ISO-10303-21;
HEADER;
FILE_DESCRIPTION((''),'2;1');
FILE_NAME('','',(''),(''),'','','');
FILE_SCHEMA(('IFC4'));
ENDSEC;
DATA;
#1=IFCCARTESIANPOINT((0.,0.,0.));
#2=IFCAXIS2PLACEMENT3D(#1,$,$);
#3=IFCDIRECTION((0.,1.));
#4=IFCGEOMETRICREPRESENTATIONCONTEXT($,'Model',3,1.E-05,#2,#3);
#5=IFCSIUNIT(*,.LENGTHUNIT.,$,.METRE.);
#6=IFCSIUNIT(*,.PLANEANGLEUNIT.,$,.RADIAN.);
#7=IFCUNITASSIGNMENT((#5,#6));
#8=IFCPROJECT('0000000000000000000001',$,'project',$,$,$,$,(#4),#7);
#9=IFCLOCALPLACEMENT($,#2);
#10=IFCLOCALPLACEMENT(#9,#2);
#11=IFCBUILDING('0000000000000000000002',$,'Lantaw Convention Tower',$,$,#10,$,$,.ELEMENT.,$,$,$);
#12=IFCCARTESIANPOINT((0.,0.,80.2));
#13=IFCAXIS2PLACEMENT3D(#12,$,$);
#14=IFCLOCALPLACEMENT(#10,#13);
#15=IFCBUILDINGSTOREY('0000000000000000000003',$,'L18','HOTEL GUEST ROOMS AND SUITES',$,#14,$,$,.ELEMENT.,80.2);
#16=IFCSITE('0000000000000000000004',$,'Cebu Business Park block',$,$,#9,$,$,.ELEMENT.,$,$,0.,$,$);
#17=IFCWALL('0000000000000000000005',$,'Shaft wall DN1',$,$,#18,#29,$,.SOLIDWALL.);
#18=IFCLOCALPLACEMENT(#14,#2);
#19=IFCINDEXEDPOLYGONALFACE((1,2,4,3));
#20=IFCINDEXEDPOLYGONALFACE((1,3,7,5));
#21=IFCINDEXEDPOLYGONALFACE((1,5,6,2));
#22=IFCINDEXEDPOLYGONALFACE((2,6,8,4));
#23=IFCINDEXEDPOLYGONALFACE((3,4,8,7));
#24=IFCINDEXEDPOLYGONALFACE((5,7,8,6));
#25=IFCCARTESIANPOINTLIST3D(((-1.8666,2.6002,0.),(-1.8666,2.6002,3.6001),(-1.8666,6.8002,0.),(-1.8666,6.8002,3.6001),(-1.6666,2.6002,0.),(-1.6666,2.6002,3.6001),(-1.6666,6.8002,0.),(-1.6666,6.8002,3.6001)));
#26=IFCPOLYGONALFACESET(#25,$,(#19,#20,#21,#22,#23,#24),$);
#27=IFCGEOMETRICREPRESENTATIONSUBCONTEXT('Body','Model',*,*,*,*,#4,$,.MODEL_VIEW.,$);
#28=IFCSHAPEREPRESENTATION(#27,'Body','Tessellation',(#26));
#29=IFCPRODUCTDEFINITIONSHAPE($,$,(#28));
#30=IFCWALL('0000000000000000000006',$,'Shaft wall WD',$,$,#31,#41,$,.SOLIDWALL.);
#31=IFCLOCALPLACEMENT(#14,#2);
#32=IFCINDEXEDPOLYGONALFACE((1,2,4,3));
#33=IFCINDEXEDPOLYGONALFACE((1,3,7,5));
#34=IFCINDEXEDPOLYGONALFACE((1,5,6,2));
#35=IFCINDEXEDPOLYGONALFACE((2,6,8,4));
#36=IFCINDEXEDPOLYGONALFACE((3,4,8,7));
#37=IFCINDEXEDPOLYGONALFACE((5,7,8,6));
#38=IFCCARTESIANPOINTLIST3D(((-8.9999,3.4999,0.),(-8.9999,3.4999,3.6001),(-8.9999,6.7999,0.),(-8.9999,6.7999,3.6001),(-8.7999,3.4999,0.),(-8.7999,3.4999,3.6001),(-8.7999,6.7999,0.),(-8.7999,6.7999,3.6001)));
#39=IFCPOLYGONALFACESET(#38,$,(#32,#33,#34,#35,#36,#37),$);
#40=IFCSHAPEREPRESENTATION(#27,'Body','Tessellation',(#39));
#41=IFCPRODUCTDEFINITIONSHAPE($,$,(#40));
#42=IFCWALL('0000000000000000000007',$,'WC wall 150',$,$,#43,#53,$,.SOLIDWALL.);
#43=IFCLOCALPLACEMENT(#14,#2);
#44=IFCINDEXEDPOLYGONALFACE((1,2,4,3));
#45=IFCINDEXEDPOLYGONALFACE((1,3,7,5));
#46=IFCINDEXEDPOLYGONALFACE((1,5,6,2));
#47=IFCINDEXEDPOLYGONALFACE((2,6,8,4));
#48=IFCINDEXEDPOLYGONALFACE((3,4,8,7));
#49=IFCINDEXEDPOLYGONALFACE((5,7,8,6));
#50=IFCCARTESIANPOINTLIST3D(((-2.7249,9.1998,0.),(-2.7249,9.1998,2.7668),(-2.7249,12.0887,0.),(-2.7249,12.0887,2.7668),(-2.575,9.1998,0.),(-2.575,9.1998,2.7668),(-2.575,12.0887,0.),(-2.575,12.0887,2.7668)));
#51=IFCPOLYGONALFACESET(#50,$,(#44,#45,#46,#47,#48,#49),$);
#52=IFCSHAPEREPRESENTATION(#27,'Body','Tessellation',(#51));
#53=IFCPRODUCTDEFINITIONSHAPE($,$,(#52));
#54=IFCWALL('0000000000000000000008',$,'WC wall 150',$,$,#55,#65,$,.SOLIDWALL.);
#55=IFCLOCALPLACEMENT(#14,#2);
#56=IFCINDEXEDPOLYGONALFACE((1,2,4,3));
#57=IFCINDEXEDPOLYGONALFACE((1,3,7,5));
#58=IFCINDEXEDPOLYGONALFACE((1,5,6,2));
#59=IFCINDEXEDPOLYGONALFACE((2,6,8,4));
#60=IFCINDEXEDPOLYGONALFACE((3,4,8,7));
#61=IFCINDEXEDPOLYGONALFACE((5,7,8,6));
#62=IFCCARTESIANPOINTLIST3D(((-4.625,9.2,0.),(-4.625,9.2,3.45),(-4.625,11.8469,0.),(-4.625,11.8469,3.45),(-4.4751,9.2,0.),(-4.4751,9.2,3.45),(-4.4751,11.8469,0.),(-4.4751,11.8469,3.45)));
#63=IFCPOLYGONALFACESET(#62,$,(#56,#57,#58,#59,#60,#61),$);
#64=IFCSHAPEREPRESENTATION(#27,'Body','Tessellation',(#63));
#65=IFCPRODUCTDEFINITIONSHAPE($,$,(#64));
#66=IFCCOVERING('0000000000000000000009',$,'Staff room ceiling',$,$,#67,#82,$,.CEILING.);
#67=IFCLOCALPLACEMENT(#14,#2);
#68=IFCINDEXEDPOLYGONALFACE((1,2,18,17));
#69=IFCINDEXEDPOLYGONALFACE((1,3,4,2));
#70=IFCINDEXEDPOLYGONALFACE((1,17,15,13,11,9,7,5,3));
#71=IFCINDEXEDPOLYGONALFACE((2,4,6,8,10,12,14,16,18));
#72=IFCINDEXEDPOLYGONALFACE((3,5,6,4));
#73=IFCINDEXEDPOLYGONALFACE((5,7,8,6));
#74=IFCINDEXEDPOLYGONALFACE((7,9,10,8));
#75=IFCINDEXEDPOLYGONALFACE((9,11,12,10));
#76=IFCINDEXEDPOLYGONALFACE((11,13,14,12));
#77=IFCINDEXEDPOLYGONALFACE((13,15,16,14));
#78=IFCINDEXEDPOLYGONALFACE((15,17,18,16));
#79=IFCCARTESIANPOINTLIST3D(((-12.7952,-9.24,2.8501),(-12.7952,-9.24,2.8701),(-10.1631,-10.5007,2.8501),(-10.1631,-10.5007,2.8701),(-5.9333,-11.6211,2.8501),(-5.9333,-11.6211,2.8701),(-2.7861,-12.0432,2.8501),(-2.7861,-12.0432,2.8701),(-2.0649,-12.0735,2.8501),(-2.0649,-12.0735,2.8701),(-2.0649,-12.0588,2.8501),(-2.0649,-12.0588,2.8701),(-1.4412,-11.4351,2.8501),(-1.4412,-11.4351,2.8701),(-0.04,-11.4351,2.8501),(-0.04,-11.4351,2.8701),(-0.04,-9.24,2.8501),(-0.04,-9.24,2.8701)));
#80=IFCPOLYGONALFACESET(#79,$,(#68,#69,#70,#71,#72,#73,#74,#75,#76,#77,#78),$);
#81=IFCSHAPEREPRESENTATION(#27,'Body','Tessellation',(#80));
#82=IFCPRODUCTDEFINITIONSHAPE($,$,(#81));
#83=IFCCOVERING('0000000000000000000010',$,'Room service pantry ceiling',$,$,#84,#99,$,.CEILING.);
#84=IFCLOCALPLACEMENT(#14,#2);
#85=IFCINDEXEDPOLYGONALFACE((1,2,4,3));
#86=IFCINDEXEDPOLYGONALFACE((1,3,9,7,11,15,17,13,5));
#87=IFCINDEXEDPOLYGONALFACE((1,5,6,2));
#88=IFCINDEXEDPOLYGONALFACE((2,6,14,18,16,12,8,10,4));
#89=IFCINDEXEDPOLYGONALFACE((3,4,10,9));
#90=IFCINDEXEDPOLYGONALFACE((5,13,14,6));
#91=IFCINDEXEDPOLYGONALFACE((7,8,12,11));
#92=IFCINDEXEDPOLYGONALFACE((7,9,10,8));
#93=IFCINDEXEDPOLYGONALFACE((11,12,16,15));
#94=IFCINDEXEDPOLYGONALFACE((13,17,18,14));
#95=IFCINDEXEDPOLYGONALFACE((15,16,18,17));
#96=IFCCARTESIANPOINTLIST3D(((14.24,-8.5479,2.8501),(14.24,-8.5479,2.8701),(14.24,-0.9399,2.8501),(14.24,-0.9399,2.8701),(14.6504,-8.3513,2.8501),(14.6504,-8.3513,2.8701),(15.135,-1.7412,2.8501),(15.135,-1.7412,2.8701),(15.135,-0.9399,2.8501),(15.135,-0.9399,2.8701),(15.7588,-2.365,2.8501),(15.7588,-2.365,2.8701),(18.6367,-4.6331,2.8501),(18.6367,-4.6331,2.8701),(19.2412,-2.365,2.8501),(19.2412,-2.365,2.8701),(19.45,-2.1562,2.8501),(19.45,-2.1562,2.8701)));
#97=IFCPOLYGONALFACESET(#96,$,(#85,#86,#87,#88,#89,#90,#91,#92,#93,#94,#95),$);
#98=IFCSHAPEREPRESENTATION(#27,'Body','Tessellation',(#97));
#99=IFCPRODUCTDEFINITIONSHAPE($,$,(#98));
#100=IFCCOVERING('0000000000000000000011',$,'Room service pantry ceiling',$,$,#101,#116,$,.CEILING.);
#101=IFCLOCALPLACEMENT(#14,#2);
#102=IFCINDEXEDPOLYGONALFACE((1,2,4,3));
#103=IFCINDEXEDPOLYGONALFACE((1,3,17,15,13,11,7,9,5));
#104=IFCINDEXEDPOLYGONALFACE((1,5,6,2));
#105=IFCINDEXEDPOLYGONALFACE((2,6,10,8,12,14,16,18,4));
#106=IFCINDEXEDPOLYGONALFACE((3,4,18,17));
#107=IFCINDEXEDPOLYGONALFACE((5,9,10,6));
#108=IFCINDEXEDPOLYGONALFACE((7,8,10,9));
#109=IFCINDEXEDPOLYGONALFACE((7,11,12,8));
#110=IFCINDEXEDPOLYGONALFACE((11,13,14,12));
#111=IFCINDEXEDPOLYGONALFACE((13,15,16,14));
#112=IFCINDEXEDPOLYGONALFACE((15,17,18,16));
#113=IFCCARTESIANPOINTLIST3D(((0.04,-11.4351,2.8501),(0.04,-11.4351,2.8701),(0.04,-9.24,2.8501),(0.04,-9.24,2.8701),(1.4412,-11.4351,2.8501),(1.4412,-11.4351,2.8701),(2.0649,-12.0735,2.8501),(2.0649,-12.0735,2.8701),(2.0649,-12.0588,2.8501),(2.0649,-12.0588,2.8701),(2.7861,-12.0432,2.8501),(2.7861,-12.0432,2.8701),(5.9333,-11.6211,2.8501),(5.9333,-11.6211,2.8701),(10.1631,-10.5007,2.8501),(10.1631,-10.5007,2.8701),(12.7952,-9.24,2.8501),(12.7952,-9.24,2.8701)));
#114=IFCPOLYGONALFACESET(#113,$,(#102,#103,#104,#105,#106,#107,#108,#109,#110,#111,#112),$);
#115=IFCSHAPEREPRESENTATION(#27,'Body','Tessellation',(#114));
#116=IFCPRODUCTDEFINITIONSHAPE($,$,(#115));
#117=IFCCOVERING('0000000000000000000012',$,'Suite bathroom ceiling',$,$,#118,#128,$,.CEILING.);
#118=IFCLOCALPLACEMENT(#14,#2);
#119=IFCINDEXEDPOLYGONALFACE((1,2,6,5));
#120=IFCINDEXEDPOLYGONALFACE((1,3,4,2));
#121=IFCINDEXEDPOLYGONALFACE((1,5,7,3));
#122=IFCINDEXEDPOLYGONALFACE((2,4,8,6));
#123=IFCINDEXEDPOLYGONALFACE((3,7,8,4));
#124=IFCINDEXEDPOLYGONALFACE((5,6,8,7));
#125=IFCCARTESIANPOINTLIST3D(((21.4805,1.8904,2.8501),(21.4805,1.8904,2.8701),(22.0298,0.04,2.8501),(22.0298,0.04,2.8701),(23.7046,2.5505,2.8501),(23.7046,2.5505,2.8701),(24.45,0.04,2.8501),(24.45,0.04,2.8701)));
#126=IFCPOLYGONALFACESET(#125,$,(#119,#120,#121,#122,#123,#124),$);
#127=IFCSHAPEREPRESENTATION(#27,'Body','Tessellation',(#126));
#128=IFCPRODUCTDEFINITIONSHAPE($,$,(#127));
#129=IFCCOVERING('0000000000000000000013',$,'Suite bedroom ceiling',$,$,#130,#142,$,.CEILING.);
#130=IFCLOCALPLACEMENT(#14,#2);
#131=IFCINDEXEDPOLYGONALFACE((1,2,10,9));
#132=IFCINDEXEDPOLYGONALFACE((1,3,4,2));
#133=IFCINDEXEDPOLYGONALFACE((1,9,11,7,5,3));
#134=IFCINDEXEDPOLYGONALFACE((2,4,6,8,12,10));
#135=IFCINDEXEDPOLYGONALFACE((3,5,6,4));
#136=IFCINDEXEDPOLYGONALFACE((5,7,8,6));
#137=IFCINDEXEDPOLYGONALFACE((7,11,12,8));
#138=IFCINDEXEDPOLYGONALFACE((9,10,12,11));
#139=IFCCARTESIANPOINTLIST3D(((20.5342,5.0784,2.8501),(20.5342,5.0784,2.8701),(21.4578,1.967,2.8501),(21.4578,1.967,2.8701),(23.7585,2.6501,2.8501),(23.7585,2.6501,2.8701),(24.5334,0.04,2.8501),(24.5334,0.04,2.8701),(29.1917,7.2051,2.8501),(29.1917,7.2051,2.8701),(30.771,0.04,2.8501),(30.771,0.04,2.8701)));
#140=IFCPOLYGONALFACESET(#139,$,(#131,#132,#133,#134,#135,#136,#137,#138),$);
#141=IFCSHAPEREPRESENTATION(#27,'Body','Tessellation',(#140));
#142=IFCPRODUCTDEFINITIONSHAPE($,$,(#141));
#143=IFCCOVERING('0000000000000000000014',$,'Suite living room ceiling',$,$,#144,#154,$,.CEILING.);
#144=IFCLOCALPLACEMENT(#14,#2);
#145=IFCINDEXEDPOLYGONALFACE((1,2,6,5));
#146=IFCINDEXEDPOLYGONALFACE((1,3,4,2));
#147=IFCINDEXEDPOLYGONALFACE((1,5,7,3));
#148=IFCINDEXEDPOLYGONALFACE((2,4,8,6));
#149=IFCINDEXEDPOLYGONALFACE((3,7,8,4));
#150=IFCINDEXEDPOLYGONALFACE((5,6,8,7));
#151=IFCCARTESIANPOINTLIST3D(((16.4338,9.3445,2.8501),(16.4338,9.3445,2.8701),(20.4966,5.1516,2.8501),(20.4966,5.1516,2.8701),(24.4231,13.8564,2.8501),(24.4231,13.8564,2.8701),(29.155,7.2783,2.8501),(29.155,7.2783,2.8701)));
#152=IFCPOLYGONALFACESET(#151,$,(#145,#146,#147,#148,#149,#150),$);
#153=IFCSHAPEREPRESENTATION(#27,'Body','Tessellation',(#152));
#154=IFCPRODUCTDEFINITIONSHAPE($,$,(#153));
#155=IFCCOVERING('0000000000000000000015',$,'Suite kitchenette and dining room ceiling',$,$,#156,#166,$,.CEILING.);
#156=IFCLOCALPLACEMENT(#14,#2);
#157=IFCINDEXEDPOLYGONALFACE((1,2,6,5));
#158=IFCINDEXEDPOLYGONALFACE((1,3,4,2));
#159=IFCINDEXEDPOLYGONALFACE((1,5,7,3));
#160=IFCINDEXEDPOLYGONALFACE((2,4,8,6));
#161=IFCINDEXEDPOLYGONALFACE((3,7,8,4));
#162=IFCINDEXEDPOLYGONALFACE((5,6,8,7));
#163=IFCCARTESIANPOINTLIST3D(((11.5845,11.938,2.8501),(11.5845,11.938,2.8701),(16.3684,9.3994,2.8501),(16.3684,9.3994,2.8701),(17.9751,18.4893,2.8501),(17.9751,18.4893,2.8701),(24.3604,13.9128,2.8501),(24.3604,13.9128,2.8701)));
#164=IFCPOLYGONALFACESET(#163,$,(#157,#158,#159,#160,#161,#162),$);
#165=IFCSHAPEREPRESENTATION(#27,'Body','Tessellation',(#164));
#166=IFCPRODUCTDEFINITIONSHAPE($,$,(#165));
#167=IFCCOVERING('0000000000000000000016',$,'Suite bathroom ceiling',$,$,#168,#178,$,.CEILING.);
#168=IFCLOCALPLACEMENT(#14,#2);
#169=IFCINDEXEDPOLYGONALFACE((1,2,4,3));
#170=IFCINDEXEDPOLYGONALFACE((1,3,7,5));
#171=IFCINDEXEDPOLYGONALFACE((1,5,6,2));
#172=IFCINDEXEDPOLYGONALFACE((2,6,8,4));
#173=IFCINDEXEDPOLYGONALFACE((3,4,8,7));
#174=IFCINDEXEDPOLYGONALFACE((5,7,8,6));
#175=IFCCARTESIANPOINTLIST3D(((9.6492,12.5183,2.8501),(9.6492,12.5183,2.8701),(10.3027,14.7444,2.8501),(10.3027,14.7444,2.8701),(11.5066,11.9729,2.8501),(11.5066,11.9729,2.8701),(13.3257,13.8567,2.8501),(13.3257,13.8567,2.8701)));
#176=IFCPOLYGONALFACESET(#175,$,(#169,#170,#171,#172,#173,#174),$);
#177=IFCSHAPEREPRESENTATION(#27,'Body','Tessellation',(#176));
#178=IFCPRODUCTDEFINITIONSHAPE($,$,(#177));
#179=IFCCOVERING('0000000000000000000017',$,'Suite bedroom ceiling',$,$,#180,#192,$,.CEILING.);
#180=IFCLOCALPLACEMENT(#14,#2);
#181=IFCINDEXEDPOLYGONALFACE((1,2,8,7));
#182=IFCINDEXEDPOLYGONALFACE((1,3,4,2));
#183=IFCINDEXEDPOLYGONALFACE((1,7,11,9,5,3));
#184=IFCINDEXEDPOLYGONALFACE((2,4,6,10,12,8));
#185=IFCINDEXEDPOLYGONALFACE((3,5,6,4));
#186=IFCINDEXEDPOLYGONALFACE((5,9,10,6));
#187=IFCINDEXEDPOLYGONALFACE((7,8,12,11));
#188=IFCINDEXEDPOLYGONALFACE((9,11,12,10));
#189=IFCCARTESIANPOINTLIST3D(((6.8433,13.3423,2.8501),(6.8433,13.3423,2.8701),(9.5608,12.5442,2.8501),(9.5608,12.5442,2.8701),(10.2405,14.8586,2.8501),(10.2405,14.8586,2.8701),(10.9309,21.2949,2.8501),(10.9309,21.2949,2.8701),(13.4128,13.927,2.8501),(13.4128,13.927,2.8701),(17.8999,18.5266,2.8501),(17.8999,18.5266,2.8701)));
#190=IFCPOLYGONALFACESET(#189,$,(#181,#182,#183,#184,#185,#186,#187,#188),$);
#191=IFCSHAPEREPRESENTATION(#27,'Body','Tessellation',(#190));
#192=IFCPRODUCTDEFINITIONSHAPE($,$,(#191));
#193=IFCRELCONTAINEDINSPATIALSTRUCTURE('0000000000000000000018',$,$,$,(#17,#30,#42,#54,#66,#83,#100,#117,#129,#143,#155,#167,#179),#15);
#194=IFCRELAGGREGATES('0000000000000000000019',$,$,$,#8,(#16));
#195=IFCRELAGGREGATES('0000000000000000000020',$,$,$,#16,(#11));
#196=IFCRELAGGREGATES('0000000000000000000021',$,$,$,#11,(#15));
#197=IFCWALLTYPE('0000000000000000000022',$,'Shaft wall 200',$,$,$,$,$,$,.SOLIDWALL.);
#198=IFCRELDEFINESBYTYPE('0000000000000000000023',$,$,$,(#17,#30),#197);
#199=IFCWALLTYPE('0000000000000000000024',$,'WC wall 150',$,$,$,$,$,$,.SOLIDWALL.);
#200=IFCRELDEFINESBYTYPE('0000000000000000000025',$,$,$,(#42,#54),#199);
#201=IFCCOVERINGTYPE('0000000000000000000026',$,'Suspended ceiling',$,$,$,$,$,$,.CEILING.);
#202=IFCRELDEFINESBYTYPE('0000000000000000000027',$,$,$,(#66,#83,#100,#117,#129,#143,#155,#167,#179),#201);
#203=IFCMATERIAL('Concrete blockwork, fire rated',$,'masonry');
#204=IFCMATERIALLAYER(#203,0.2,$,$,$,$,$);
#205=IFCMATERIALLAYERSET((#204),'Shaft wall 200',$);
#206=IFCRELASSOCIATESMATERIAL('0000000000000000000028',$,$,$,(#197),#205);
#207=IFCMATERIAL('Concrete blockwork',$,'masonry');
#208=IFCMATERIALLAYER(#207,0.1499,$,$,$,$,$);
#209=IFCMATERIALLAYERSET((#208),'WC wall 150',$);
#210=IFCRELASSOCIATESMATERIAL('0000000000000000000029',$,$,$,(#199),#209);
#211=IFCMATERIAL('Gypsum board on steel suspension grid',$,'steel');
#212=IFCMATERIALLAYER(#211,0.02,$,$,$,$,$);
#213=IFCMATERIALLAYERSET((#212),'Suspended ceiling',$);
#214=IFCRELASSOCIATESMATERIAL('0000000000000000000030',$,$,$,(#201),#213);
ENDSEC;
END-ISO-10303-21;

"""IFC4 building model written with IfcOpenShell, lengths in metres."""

from ifc_helpers import new_model, si_unit, direction, frame, frame_2d, origin, place, context, subcontext, project, spatial, polyline, rectangle, outline, extrude, material, layer, layer_set, type_object, element, save


model = new_model("IFC4")

# Units and contexts
model_context = context("Model", 3, precision=1e-05, world=origin(), true_north=direction((0.0, 1.0)))
body_context = subcontext(model_context, "Body", "Model", "MODEL_VIEW")
ifc_project = project(units=[si_unit("LENGTHUNIT", "METRE"), si_unit("PLANEANGLEUNIT", "RADIAN")], contexts=[model_context])

# Site, building, storey
site_placement = place(None, origin())
site = spatial("IfcSite", under=ifc_project, at=site_placement, Name="Cebu Business Park block", CompositionType="ELEMENT", RefElevation=0.0)
building_placement = place(site_placement, origin())
building = spatial("IfcBuilding", under=site, at=building_placement, Name="Lantaw Convention Tower", CompositionType="ELEMENT")
storey_placement = place(building_placement, frame((0.0, 0.0, 80.2)))
storey = spatial("IfcBuildingStorey", under=building, at=storey_placement, Name="L18", Description="HOTEL GUEST ROOMS AND SUITES", CompositionType="ELEMENT", Elevation=80.2)

# Walls
ifc_material_1 = material(Name="Concrete blockwork, fire rated", Category="masonry")
ifc_layer_1 = layer(ifc_material_1, 0.2)
ifc_layer_set_1 = layer_set([ifc_layer_1], Name="Shaft wall 200")
wall_type_1 = type_object("IfcWallType", Name="Shaft wall 200", PredefinedType="SOLIDWALL", material=ifc_layer_set_1)
wall_1_placement = place(storey_placement, frame((-1.7666, 2.6001, 0.0), z_axis=(0.0, 0.0, 1.0), x_axis=(0.0, 1.0, 0.0)))
element("IfcWall", 1, at=wall_1_placement, inside=storey, type_object=wall_type_1, Name="Shaft wall DN1", PredefinedType="SOLIDWALL", context=body_context, shape_type="SweptSolid", body=[
    extrude(rectangle(XDim=4.2, YDim=0.2, at=frame_2d((2.1001, 0.0))), origin(), (0.0, 0.0, 1.0), 3.6001),
])
wall_2_placement = place(storey_placement, frame((-8.8999, 3.5, 0.0), z_axis=(0.0, 0.0, 1.0), x_axis=(0.0, 1.0, 0.0)))
element("IfcWall", 2, at=wall_2_placement, inside=storey, type_object=wall_type_1, Name="Shaft wall WD", PredefinedType="SOLIDWALL", context=body_context, shape_type="SweptSolid", body=[
    extrude(rectangle(XDim=3.3, YDim=0.2, at=frame_2d((1.6499, 0.0))), origin(), (0.0, 0.0, 1.0), 3.6001),
])
ifc_material_2 = material(Name="Concrete blockwork", Category="masonry")
ifc_layer_2 = layer(ifc_material_2, 0.1499)
ifc_layer_set_2 = layer_set([ifc_layer_2], Name="WC wall 150")
wall_type_2 = type_object("IfcWallType", Name="WC wall 150", PredefinedType="SOLIDWALL", material=ifc_layer_set_2)
wall_3_placement = place(storey_placement, frame((-2.6499, 9.2, 0.0), z_axis=(0.0, 0.0, 1.0), x_axis=(0.0, 1.0, 0.0)))
element("IfcWall", 3, at=wall_3_placement, inside=storey, type_object=wall_type_2, Name="WC wall 150", PredefinedType="SOLIDWALL", context=body_context, shape_type="SweptSolid", body=[
    extrude(rectangle(XDim=2.8889, YDim=0.1499, at=frame_2d((1.4443, 0.0))), origin(), (0.0, 0.0, 1.0), 2.7668),
])
wall_4_placement = place(storey_placement, frame((-4.55, 9.2, 0.0), z_axis=(0.0, 0.0, 1.0), x_axis=(0.0, 1.0, 0.0)))
element("IfcWall", 4, at=wall_4_placement, inside=storey, type_object=wall_type_2, Name="WC wall 150", PredefinedType="SOLIDWALL", context=body_context, shape_type="SweptSolid", body=[
    extrude(rectangle(XDim=2.647, YDim=0.1499, at=frame_2d((1.3235, 0.0))), origin(), (0.0, 0.0, 1.0), 3.45),
])

# Coverings
ifc_material_3 = material(Name="Gypsum board on steel suspension grid", Category="steel")
ifc_layer_3 = layer(ifc_material_3, 0.02)
ifc_layer_set_3 = layer_set([ifc_layer_3], Name="Suspended ceiling")
covering_type = type_object("IfcCoveringType", Name="Suspended ceiling", PredefinedType="CEILING", material=ifc_layer_set_3)
covering_1_placement = place(storey_placement, frame((0.0, 0.0, 2.8501)))
element("IfcCovering", 5, at=covering_1_placement, inside=storey, type_object=covering_type, Name="Staff room ceiling", PredefinedType="CEILING", context=body_context, shape_type="SweptSolid", body=[
    extrude(outline(polyline([(-5.9333, -11.6211), (-2.7861, -12.0432), (-2.0649, -12.0735), (-2.0649, -12.0588), (-1.4412, -11.4351), (-0.04, -11.4351), (-0.04, -9.24), (-12.7952, -9.24), (-10.1631, -10.5007), (-5.9333, -11.6211)])), origin(), (0.0, 0.0, 1.0), 0.02),
])
covering_2_placement = place(storey_placement, frame((0.0, 0.0, 2.8501)))
element("IfcCovering", 6, at=covering_2_placement, inside=storey, type_object=covering_type, Name="Room service pantry ceiling", PredefinedType="CEILING", context=body_context, shape_type="SweptSolid", body=[
    extrude(outline(polyline([(14.24, -8.5479), (14.6504, -8.3513), (18.6367, -4.6331), (19.45, -2.1562), (19.2412, -2.365), (15.7588, -2.365), (15.135, -1.7412), (15.135, -0.9399), (14.24, -0.9399), (14.24, -8.5479)])), origin(), (0.0, 0.0, 1.0), 0.02),
])
covering_3_placement = place(storey_placement, frame((0.0, 0.0, 2.8501)))
element("IfcCovering", 7, at=covering_3_placement, inside=storey, type_object=covering_type, Name="Room service pantry ceiling", PredefinedType="CEILING", context=body_context, shape_type="SweptSolid", body=[
    extrude(outline(polyline([(2.0649, -12.0735), (2.7861, -12.0432), (5.9333, -11.6211), (10.1631, -10.5007), (12.7952, -9.24), (0.04, -9.24), (0.04, -11.4351), (1.4412, -11.4351), (2.0649, -12.0588), (2.0649, -12.0735)])), origin(), (0.0, 0.0, 1.0), 0.02),
])
covering_4_placement = place(storey_placement, frame((0.0, 0.0, 2.8501)))
element("IfcCovering", 8, at=covering_4_placement, inside=storey, type_object=covering_type, Name="Suite bathroom ceiling", PredefinedType="CEILING", context=body_context, shape_type="SweptSolid", body=[
    extrude(outline(polyline([(22.0298, 0.04), (24.45, 0.04), (23.7046, 2.5505), (21.4805, 1.8904), (22.0298, 0.04)])), origin(), (0.0, 0.0, 1.0), 0.02),
])
covering_5_placement = place(storey_placement, frame((0.0, 0.0, 2.8501)))
element("IfcCovering", 9, at=covering_5_placement, inside=storey, type_object=covering_type, Name="Suite bedroom ceiling", PredefinedType="CEILING", context=body_context, shape_type="SweptSolid", body=[
    extrude(outline(polyline([(20.5342, 5.0784), (21.4578, 1.967), (23.7585, 2.6501), (24.5334, 0.04), (30.771, 0.04), (29.1917, 7.2051), (20.5342, 5.0784)])), origin(), (0.0, 0.0, 1.0), 0.02),
])
covering_6_placement = place(storey_placement, frame((0.0, 0.0, 2.8501)))
element("IfcCovering", 10, at=covering_6_placement, inside=storey, type_object=covering_type, Name="Suite living room ceiling", PredefinedType="CEILING", context=body_context, shape_type="SweptSolid", body=[
    extrude(outline(polyline([(20.4966, 5.1516), (29.155, 7.2783), (24.4231, 13.8564), (16.4338, 9.3445), (20.4966, 5.1516)])), origin(), (0.0, 0.0, 1.0), 0.02),
])
covering_7_placement = place(storey_placement, frame((0.0, 0.0, 2.8501)))
element("IfcCovering", 11, at=covering_7_placement, inside=storey, type_object=covering_type, Name="Suite kitchenette and dining room ceiling", PredefinedType="CEILING", context=body_context, shape_type="SweptSolid", body=[
    extrude(outline(polyline([(16.3684, 9.3994), (24.3604, 13.9128), (17.9751, 18.4893), (11.5845, 11.938), (16.3684, 9.3994)])), origin(), (0.0, 0.0, 1.0), 0.02),
])
covering_8_placement = place(storey_placement, frame((0.0, 0.0, 2.8501)))
element("IfcCovering", 12, at=covering_8_placement, inside=storey, type_object=covering_type, Name="Suite bathroom ceiling", PredefinedType="CEILING", context=body_context, shape_type="SweptSolid", body=[
    extrude(outline(polyline([(11.5066, 11.9729), (13.3257, 13.8567), (10.3027, 14.7444), (9.6492, 12.5183), (11.5066, 11.9729)])), origin(), (0.0, 0.0, 1.0), 0.02),
])
covering_9_placement = place(storey_placement, frame((0.0, 0.0, 2.8501)))
element("IfcCovering", 13, at=covering_9_placement, inside=storey, type_object=covering_type, Name="Suite bedroom ceiling", PredefinedType="CEILING", context=body_context, shape_type="SweptSolid", body=[
    extrude(outline(polyline([(10.9309, 21.2949), (6.8433, 13.3423), (9.5608, 12.5442), (10.2405, 14.8586), (13.4128, 13.927), (17.8999, 18.5266), (10.9309, 21.2949)])), origin(), (0.0, 0.0, 1.0), 0.02),
])

save(model, "model.ifc")
